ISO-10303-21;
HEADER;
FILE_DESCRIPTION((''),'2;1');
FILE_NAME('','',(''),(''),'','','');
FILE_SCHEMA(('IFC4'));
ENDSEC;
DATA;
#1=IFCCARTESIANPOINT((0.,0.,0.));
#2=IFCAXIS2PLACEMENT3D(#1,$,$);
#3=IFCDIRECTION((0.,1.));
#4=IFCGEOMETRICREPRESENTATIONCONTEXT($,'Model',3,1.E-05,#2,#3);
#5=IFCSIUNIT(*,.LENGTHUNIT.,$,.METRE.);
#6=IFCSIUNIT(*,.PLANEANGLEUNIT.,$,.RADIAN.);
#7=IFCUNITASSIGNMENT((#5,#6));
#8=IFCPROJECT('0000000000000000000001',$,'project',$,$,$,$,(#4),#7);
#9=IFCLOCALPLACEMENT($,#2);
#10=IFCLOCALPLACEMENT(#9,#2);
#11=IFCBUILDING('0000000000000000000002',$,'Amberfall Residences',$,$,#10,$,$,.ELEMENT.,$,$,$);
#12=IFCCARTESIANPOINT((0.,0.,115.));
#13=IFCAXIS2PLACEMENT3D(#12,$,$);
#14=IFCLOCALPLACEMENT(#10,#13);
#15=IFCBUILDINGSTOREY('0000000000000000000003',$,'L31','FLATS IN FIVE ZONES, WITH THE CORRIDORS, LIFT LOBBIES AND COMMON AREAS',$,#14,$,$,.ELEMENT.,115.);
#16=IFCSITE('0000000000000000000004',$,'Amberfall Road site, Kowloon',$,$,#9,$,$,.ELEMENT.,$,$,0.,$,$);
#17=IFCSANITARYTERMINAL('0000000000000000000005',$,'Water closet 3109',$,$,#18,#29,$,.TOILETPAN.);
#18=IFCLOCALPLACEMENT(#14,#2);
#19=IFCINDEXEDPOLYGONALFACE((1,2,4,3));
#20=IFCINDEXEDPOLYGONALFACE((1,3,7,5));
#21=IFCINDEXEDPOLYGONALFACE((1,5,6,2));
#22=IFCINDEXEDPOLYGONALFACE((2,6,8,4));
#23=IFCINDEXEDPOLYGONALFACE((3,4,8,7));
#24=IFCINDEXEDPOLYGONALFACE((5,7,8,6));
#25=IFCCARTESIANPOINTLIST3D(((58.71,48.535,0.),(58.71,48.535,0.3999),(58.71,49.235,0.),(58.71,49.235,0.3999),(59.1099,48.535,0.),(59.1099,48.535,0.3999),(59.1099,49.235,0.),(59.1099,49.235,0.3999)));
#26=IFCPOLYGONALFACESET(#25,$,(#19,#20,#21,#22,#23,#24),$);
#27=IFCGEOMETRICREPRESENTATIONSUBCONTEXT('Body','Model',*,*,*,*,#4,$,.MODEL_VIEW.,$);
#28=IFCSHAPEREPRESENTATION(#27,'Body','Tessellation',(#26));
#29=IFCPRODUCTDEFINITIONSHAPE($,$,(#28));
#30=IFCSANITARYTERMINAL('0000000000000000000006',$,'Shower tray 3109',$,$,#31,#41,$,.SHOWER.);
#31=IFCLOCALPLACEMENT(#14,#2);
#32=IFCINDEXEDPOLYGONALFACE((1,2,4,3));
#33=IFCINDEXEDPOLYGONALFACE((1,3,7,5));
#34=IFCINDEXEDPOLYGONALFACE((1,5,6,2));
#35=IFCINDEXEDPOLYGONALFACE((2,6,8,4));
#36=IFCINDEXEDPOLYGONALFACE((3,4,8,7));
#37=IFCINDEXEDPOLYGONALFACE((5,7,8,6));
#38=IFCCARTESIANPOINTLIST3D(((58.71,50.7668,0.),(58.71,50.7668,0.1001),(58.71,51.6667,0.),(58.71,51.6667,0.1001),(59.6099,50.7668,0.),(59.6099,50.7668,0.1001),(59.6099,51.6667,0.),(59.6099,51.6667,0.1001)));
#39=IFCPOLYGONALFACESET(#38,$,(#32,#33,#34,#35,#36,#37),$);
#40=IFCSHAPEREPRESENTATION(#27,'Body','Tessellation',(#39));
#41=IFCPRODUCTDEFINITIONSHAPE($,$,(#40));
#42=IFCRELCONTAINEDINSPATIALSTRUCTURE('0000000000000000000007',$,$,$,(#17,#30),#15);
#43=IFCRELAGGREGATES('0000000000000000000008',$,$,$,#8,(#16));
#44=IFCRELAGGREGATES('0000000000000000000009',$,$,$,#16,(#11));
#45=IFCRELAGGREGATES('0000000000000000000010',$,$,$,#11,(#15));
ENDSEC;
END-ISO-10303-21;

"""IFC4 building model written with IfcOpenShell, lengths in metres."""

from ifc_helpers import new_model, si_unit, direction, frame, origin, origin_2d, place, context, subcontext, project, spatial, rectangle, extrude, element, save


model = new_model("IFC4")

# Units and contexts
model_context = context("Model", 3, precision=1e-05, world=origin(), true_north=direction((0.0, 1.0)))
body_context = subcontext(model_context, "Body", "Model", "MODEL_VIEW")
ifc_project = project(units=[si_unit("LENGTHUNIT", "METRE"), si_unit("PLANEANGLEUNIT", "RADIAN")], contexts=[model_context])

# Site, building, storey
site_placement = place(None, origin())
site = spatial("IfcSite", under=ifc_project, at=site_placement, Name="Amberfall Road site, Kowloon", CompositionType="ELEMENT", RefElevation=0.0)
building_placement = place(site_placement, origin())
building = spatial("IfcBuilding", under=site, at=building_placement, Name="Amberfall Residences", CompositionType="ELEMENT")
storey_placement = place(building_placement, frame((0.0, 0.0, 115.0)))
storey = spatial("IfcBuildingStorey", under=building, at=storey_placement, Name="L31", Description="FLATS IN FIVE ZONES, WITH THE CORRIDORS, LIFT LOBBIES AND COMMON AREAS", CompositionType="ELEMENT", Elevation=115.0)

# Sanitary terminals
sanitary_terminal_1_placement = place(storey_placement, frame((58.9099, 48.885, 0.0), z_axis=(0.0, 0.0, 1.0), x_axis=(1.0, 0.0, 0.0)))
element("IfcSanitaryTerminal", 1, at=sanitary_terminal_1_placement, inside=storey, Name="Water closet 3109", PredefinedType="TOILETPAN", context=body_context, shape_type="SweptSolid", body=[
    extrude(rectangle(XDim=0.3999, YDim=0.7, at=origin_2d()), origin(), (0.0, 0.0, 1.0), 0.3999),
])
sanitary_terminal_2_placement = place(storey_placement, frame((59.1599, 51.2168, 0.0), z_axis=(0.0, 0.0, 1.0), x_axis=(1.0, 0.0, 0.0)))
element("IfcSanitaryTerminal", 2, at=sanitary_terminal_2_placement, inside=storey, Name="Shower tray 3109", PredefinedType="SHOWER", context=body_context, shape_type="SweptSolid", body=[
    extrude(rectangle(XDim=0.8999, YDim=0.8999, at=origin_2d()), origin(), (0.0, 0.0, 1.0), 0.1001),
])

save(model, "model.ifc")
